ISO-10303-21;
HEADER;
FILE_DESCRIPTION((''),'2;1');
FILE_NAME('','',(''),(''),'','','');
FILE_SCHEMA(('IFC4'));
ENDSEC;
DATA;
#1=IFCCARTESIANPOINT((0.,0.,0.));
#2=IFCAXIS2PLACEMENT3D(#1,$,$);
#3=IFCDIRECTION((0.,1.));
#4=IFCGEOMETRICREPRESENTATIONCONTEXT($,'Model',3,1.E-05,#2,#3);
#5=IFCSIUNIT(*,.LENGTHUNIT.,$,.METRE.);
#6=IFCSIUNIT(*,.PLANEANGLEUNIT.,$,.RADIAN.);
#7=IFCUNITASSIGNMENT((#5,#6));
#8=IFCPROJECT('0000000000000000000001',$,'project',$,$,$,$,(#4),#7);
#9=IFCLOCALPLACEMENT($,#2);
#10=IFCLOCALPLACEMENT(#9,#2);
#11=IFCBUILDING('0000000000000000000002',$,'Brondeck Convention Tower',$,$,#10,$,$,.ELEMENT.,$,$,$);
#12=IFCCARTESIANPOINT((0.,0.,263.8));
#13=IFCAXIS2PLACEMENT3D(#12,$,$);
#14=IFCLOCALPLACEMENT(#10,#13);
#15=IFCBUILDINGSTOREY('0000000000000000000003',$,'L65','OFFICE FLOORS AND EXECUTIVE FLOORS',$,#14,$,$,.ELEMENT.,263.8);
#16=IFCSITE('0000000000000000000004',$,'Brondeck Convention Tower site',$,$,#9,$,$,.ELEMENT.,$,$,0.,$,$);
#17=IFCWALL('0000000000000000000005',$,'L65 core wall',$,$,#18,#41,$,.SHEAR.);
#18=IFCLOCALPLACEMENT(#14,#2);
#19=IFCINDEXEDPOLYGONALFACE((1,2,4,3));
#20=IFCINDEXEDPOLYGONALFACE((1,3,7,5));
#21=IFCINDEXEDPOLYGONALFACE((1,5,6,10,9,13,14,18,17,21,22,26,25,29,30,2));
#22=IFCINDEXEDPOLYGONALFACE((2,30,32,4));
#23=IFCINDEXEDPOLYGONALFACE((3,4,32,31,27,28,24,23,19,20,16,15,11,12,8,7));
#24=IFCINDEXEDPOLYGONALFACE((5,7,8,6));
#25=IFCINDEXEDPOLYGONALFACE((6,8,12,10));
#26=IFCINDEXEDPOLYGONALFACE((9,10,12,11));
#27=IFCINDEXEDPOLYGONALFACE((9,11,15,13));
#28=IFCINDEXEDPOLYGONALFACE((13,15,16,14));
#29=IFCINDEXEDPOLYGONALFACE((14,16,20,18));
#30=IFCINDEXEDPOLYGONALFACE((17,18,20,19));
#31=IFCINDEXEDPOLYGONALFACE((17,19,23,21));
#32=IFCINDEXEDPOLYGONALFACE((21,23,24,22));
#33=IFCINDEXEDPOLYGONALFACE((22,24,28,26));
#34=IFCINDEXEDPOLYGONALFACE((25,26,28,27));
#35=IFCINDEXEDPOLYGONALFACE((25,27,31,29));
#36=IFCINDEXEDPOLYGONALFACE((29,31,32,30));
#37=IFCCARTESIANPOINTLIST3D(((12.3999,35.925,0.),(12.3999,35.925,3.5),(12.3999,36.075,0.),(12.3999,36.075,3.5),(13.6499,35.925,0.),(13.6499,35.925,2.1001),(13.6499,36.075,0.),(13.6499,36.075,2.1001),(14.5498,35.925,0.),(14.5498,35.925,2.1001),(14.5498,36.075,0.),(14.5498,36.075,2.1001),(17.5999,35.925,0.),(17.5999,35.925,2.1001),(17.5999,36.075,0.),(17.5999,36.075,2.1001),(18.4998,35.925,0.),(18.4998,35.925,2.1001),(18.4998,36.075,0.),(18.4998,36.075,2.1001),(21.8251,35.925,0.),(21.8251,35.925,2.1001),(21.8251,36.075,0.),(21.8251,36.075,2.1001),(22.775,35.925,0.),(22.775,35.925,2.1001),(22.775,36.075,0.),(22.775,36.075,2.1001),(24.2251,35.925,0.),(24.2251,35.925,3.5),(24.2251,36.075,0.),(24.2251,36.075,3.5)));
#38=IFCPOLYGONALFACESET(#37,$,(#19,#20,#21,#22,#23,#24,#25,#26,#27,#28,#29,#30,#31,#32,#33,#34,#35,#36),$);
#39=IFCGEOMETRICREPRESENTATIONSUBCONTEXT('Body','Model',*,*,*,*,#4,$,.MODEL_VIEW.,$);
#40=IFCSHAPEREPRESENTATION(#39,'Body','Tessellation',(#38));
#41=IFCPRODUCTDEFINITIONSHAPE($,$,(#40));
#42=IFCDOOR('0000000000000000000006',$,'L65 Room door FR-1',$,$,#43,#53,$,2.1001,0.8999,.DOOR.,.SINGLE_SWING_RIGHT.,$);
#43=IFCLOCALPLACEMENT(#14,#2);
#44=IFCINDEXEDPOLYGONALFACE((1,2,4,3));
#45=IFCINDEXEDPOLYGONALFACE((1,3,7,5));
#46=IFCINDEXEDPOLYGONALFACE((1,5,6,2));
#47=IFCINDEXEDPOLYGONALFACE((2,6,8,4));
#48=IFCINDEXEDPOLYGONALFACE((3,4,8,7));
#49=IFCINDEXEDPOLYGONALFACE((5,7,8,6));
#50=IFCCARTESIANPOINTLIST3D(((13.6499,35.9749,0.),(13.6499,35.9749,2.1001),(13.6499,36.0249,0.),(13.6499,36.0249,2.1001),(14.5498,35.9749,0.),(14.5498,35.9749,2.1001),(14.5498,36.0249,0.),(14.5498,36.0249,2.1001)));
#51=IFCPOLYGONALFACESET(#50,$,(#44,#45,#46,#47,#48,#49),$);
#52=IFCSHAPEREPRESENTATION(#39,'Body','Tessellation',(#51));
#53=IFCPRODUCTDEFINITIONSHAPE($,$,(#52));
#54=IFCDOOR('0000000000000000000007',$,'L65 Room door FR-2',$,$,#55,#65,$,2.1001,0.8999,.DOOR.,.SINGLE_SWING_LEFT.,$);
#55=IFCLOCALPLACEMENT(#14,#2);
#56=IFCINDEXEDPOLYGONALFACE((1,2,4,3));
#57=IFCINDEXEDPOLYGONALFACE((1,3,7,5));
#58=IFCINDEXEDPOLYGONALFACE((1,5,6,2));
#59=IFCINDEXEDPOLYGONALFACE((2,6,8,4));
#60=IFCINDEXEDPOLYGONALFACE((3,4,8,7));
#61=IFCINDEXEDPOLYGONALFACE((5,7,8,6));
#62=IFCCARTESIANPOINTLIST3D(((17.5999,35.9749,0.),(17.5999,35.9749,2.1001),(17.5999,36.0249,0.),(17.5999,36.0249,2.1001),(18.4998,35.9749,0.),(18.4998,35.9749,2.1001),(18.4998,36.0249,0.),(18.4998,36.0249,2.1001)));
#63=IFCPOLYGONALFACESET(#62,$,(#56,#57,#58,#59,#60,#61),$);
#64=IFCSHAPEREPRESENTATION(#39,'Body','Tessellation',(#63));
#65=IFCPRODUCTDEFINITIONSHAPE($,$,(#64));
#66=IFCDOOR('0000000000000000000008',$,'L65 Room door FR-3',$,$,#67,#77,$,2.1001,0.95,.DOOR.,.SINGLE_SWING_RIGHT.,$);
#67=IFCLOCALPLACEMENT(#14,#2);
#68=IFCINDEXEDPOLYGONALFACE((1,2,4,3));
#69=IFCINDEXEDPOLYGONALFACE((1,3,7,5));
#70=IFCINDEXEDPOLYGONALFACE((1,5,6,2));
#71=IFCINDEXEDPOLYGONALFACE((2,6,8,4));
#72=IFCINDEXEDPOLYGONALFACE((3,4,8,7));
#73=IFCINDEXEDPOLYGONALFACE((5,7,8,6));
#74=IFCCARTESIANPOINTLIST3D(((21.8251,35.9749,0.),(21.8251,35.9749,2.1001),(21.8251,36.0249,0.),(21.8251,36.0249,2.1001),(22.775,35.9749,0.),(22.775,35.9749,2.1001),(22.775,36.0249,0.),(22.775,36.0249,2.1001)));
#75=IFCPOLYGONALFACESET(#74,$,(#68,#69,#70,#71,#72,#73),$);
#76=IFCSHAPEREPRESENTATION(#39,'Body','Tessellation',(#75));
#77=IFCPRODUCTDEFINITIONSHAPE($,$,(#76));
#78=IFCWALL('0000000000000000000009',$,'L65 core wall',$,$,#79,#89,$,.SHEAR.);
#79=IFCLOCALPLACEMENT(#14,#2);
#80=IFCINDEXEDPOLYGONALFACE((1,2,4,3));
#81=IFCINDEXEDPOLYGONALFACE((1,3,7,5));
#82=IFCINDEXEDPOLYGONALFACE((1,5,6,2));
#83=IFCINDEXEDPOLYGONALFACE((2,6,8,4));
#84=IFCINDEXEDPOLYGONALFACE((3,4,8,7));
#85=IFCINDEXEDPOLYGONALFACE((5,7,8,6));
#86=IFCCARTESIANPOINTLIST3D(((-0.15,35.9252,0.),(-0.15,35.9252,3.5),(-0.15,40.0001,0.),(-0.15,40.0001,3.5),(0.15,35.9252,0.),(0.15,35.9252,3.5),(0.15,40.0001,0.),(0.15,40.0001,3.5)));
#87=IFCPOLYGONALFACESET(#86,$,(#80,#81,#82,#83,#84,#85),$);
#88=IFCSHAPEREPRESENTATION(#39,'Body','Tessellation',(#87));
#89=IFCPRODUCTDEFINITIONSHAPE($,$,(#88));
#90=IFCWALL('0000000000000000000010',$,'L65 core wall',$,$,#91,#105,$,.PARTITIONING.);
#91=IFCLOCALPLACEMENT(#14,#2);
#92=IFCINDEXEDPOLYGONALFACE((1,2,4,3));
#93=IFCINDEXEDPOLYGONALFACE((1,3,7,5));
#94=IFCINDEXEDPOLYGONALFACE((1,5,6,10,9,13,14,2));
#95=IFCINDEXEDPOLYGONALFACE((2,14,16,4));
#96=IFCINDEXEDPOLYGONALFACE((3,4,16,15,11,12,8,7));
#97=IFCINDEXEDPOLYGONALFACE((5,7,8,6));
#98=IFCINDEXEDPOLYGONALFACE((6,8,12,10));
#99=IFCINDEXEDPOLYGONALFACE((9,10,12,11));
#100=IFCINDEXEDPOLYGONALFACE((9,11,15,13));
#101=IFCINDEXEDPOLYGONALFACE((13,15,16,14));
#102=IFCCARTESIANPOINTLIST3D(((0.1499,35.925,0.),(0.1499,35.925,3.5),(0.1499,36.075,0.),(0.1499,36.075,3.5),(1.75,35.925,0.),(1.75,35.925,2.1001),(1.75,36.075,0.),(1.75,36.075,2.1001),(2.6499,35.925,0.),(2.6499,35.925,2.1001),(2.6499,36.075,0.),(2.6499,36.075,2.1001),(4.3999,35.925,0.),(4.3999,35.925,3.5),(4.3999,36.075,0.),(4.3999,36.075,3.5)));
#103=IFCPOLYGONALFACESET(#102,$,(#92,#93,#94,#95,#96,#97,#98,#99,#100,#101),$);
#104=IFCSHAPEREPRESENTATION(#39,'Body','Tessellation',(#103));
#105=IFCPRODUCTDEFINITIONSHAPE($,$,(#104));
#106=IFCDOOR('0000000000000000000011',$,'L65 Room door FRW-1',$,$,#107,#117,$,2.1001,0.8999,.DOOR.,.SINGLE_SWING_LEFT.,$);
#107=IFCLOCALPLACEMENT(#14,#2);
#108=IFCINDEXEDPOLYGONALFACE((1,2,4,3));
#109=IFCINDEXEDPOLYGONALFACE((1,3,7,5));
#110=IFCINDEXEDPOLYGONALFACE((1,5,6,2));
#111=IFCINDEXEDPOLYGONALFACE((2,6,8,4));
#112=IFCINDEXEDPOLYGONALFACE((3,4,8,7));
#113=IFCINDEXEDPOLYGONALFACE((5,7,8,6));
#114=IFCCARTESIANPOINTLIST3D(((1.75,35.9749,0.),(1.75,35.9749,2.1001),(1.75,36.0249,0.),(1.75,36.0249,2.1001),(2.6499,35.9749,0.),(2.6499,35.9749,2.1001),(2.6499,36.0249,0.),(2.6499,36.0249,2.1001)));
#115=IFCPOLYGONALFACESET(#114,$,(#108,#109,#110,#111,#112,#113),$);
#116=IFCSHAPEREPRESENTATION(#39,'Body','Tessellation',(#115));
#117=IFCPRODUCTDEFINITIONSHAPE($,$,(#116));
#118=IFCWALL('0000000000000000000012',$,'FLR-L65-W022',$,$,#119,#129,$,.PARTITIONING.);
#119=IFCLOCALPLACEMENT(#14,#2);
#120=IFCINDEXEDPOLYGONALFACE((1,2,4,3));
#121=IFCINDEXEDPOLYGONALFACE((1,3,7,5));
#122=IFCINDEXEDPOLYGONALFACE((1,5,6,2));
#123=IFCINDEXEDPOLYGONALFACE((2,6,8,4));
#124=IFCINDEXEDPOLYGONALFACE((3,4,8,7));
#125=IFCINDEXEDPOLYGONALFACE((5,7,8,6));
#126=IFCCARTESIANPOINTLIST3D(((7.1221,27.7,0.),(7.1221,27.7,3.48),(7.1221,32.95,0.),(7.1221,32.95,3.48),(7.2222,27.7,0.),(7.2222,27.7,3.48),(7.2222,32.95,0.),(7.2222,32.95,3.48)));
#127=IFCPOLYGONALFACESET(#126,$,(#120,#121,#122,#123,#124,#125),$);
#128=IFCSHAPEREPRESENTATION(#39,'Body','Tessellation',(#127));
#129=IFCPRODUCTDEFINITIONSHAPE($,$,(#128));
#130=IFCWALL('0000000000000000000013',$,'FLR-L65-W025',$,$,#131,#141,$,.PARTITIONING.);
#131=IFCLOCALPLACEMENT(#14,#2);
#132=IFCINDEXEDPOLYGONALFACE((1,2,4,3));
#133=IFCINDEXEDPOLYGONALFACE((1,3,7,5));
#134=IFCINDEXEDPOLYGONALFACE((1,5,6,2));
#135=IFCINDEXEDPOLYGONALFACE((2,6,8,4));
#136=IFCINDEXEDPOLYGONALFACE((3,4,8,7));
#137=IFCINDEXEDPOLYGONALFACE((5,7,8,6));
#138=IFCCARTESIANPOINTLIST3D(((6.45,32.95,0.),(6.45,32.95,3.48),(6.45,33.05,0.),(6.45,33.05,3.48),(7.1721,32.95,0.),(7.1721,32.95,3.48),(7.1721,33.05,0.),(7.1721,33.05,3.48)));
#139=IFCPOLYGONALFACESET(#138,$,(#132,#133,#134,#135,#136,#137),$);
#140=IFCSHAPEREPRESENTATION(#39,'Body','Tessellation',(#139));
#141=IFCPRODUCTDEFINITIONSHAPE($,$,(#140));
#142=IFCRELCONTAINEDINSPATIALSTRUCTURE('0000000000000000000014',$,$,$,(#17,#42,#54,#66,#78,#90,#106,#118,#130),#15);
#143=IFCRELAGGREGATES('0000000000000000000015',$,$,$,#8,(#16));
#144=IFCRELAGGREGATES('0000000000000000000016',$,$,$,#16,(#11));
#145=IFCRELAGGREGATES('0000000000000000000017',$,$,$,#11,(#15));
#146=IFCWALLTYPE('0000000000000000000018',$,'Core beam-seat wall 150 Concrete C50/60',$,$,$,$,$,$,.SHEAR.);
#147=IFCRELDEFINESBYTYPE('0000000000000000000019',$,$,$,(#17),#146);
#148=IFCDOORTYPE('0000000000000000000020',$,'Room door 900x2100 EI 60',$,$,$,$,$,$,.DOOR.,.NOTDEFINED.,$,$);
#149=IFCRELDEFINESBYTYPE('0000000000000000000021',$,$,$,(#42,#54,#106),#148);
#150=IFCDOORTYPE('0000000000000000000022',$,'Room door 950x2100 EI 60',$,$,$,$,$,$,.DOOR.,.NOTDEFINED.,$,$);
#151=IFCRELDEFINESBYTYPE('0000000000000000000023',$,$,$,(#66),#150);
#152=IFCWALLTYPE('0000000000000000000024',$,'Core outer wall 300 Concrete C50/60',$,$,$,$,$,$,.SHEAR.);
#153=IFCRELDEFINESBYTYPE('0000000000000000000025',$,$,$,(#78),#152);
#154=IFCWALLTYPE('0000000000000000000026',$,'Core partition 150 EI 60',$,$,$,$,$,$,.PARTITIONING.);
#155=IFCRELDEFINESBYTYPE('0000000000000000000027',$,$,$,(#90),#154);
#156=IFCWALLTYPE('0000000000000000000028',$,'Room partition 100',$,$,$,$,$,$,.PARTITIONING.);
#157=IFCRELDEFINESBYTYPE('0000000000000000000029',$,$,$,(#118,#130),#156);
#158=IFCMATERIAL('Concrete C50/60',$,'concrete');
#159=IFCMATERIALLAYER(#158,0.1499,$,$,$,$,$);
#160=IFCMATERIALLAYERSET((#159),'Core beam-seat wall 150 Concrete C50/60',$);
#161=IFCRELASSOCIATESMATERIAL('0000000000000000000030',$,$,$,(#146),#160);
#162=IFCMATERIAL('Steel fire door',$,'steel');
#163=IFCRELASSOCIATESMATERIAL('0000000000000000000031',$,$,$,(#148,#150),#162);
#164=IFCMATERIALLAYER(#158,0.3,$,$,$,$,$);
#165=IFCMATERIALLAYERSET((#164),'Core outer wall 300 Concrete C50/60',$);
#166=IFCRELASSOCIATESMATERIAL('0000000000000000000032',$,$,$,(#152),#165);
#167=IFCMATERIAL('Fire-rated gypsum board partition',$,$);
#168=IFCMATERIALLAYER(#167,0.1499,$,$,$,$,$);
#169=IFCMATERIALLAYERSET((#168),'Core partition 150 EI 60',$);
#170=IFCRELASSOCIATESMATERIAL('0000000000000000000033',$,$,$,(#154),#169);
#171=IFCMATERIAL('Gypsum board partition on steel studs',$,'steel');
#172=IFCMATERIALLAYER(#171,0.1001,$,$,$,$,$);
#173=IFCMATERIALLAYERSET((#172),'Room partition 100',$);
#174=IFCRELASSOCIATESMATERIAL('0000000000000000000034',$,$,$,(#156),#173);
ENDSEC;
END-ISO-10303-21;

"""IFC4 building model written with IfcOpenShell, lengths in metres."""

from ifc_helpers import new_model, si_unit, direction, frame, frame_2d, origin, place, context, subcontext, project, spatial, rectangle, extrude, material, layer, layer_set, type_object, element, fill, save


model = new_model("IFC4")

# Units and contexts
model_context = context("Model", 3, precision=1e-05, world=origin(), true_north=direction((0.0, 1.0)))
body_context = subcontext(model_context, "Body", "Model", "MODEL_VIEW")
ifc_project = project(units=[si_unit("LENGTHUNIT", "METRE"), si_unit("PLANEANGLEUNIT", "RADIAN")], contexts=[model_context])

# Site, building, storey
site_placement = place(None, origin())
site = spatial("IfcSite", under=ifc_project, at=site_placement, Name="Brondeck Convention Tower site", CompositionType="ELEMENT", RefElevation=0.0)
building_placement = place(site_placement, origin())
building = spatial("IfcBuilding", under=site, at=building_placement, Name="Brondeck Convention Tower", CompositionType="ELEMENT")
storey_placement = place(building_placement, frame((0.0, 0.0, 263.8)))
storey = spatial("IfcBuildingStorey", under=building, at=storey_placement, Name="L65", Description="OFFICE FLOORS AND EXECUTIVE FLOORS", CompositionType="ELEMENT", Elevation=263.8)

# Shared definitions
ifc_material_1 = material(Name="Concrete C50/60", Category="concrete")

# Wall, openings, doors
ifc_layer_1 = layer(ifc_material_1, 0.1499)
ifc_layer_set_1 = layer_set([ifc_layer_1], Name="Core beam-seat wall 150 Concrete C50/60")
wall_type_1 = type_object("IfcWallType", Name="Core beam-seat wall 150 Concrete C50/60", PredefinedType="SHEAR", material=ifc_layer_set_1)
wall_1_placement = place(storey_placement, frame((12.3999, 36.0, 0.0), z_axis=(0.0, 0.0, 1.0), x_axis=(1.0, 0.0, 0.0)))
wall_1 = element("IfcWall", 1, at=wall_1_placement, inside=storey, type_object=wall_type_1, Name="L65 core wall", PredefinedType="SHEAR", context=body_context, shape_type="SweptSolid", body=[
    extrude(rectangle(XDim=11.8252, YDim=0.1499, at=frame_2d((5.9126, 0.0))), origin(), (0.0, 0.0, 1.0), 3.5),
])
opening_1_placement = place(wall_1_placement, frame((1.25, 0.0, 0.0)))
opening_1 = element("IfcOpeningElement", 2, at=opening_1_placement, cuts=wall_1, PredefinedType="OPENING", context=body_context, shape_type="SweptSolid", body=[
    extrude(rectangle(XDim=0.8999, YDim=2.1001, at=frame_2d((0.45, 1.05))), frame((0.0, 0.085, 0.0), z_axis=(0.0, -1.0, 0.0), x_axis=(1.0, 0.0, 0.0)), (0.0, 0.0, 1.0), 0.1699),
])
opening_2_placement = place(wall_1_placement, frame((5.2, 0.0, 0.0)))
opening_2 = element("IfcOpeningElement", 3, at=opening_2_placement, cuts=wall_1, PredefinedType="OPENING", context=body_context, shape_type="SweptSolid", body=[
    extrude(rectangle(XDim=0.8999, YDim=2.1001, at=frame_2d((0.45, 1.05))), frame((0.0, 0.085, 0.0), z_axis=(0.0, -1.0, 0.0), x_axis=(1.0, 0.0, 0.0)), (0.0, 0.0, 1.0), 0.1699),
])
opening_3_placement = place(wall_1_placement, frame((9.425, 0.0, 0.0)))
opening_3 = element("IfcOpeningElement", 4, at=opening_3_placement, cuts=wall_1, PredefinedType="OPENING", context=body_context, shape_type="SweptSolid", body=[
    extrude(rectangle(XDim=0.95, YDim=2.1001, at=frame_2d((0.4751, 1.05))), frame((0.0, 0.085, 0.0), z_axis=(0.0, -1.0, 0.0), x_axis=(1.0, 0.0, 0.0)), (0.0, 0.0, 1.0), 0.1699),
])
ifc_material_2 = material(Name="Steel fire door", Category="steel")
door_type_1 = type_object("IfcDoorType", Name="Room door 900x2100 EI 60", OperationType="NOTDEFINED", PredefinedType="DOOR", material=ifc_material_2)
door_1_placement = place(opening_1_placement, origin())
door_1 = element("IfcDoor", 5, at=door_1_placement, inside=storey, type_object=door_type_1, Name="L65 Room door FR-1", OperationType="SINGLE_SWING_RIGHT", OverallHeight=2.1001, OverallWidth=0.8999, PredefinedType="DOOR", context=body_context, shape_type="SweptSolid", body=[
    extrude(rectangle(XDim=0.8999, YDim=2.1001, at=frame_2d((0.45, 1.05))), frame((0.0, 0.0249, 0.0), z_axis=(0.0, -1.0, 0.0), x_axis=(1.0, 0.0, 0.0)), (0.0, 0.0, 1.0), 0.05),
])
fill(opening_1, door_1)
door_2_placement = place(opening_2_placement, origin())
door_2 = element("IfcDoor", 6, at=door_2_placement, inside=storey, type_object=door_type_1, Name="L65 Room door FR-2", OperationType="SINGLE_SWING_LEFT", OverallHeight=2.1001, OverallWidth=0.8999, PredefinedType="DOOR", context=body_context, shape_type="SweptSolid", body=[
    extrude(rectangle(XDim=0.8999, YDim=2.1001, at=frame_2d((0.45, 1.05))), frame((0.0, 0.0249, 0.0), z_axis=(0.0, -1.0, 0.0), x_axis=(1.0, 0.0, 0.0)), (0.0, 0.0, 1.0), 0.05),
])
fill(opening_2, door_2)
door_type_2 = type_object("IfcDoorType", Name="Room door 950x2100 EI 60", OperationType="NOTDEFINED", PredefinedType="DOOR", material=ifc_material_2)
door_3_placement = place(opening_3_placement, origin())
door_3 = element("IfcDoor", 7, at=door_3_placement, inside=storey, type_object=door_type_2, Name="L65 Room door FR-3", OperationType="SINGLE_SWING_RIGHT", OverallHeight=2.1001, OverallWidth=0.95, PredefinedType="DOOR", context=body_context, shape_type="SweptSolid", body=[
    extrude(rectangle(XDim=0.95, YDim=2.1001, at=frame_2d((0.4751, 1.05))), frame((0.0, 0.0249, 0.0), z_axis=(0.0, -1.0, 0.0), x_axis=(1.0, 0.0, 0.0)), (0.0, 0.0, 1.0), 0.05),
])
fill(opening_3, door_3)

# Wall
ifc_layer_2 = layer(ifc_material_1, 0.3)
ifc_layer_set_2 = layer_set([ifc_layer_2], Name="Core outer wall 300 Concrete C50/60")
wall_type_2 = type_object("IfcWallType", Name="Core outer wall 300 Concrete C50/60", PredefinedType="SHEAR", material=ifc_layer_set_2)
wall_2_placement = place(storey_placement, frame((0.0, 35.925, 0.0), z_axis=(0.0, 0.0, 1.0), x_axis=(0.0, 1.0, 0.0)))
element("IfcWall", 8, at=wall_2_placement, inside=storey, type_object=wall_type_2, Name="L65 core wall", PredefinedType="SHEAR", context=body_context, shape_type="SweptSolid", body=[
    extrude(rectangle(XDim=4.075, YDim=0.3, at=frame_2d((2.0376, 0.0))), origin(), (0.0, 0.0, 1.0), 3.5),
])

# Wall, opening, door
ifc_material_3 = material(Name="Fire-rated gypsum board partition")
ifc_layer_3 = layer(ifc_material_3, 0.1499)
ifc_layer_set_3 = layer_set([ifc_layer_3], Name="Core partition 150 EI 60")
wall_type_3 = type_object("IfcWallType", Name="Core partition 150 EI 60", PredefinedType="PARTITIONING", material=ifc_layer_set_3)
wall_3_placement = place(storey_placement, frame((0.1499, 36.0, 0.0), z_axis=(0.0, 0.0, 1.0), x_axis=(1.0, 0.0, 0.0)))
wall_3 = element("IfcWall", 9, at=wall_3_placement, inside=storey, type_object=wall_type_3, Name="L65 core wall", PredefinedType="PARTITIONING", context=body_context, shape_type="SweptSolid", body=[
    extrude(rectangle(XDim=4.25, YDim=0.1499, at=frame_2d((2.125, 0.0))), origin(), (0.0, 0.0, 1.0), 3.5),
])
opening_4_placement = place(wall_3_placement, frame((1.6001, 0.0, 0.0)))
opening_4 = element("IfcOpeningElement", 10, at=opening_4_placement, cuts=wall_3, PredefinedType="OPENING", context=body_context, shape_type="SweptSolid", body=[
    extrude(rectangle(XDim=0.8999, YDim=2.1001, at=frame_2d((0.45, 1.05))), frame((0.0, 0.085, 0.0), z_axis=(0.0, -1.0, 0.0), x_axis=(1.0, 0.0, 0.0)), (0.0, 0.0, 1.0), 0.1699),
])
door_4_placement = place(opening_4_placement, origin())
door_4 = element("IfcDoor", 11, at=door_4_placement, inside=storey, type_object=door_type_1, Name="L65 Room door FRW-1", OperationType="SINGLE_SWING_LEFT", OverallHeight=2.1001, OverallWidth=0.8999, PredefinedType="DOOR", context=body_context, shape_type="SweptSolid", body=[
    extrude(rectangle(XDim=0.8999, YDim=2.1001, at=frame_2d((0.45, 1.05))), frame((0.0, 0.0249, 0.0), z_axis=(0.0, -1.0, 0.0), x_axis=(1.0, 0.0, 0.0)), (0.0, 0.0, 1.0), 0.05),
])
fill(opening_4, door_4)

# Walls
ifc_material_4 = material(Name="Gypsum board partition on steel studs", Category="steel")
ifc_layer_4 = layer(ifc_material_4, 0.1001)
ifc_layer_set_4 = layer_set([ifc_layer_4], Name="Room partition 100")
wall_type_4 = type_object("IfcWallType", Name="Room partition 100", PredefinedType="PARTITIONING", material=ifc_layer_set_4)
wall_4_placement = place(storey_placement, frame((7.1721, 32.95, 0.0), z_axis=(0.0, 0.0, 1.0), x_axis=(0.0, -1.0, 0.0)))
element("IfcWall", 12, at=wall_4_placement, inside=storey, type_object=wall_type_4, Name="FLR-L65-W022", PredefinedType="PARTITIONING", context=body_context, shape_type="SweptSolid", body=[
    extrude(rectangle(XDim=5.25, YDim=0.1001, at=frame_2d((2.625, 0.0))), origin(), (0.0, 0.0, 1.0), 3.48),
])
wall_5_placement = place(storey_placement, frame((7.1721, 33.0, 0.0), z_axis=(0.0, 0.0, 1.0), x_axis=(-1.0, 0.0, 0.0)))
element("IfcWall", 13, at=wall_5_placement, inside=storey, type_object=wall_type_4, Name="FLR-L65-W025", PredefinedType="PARTITIONING", context=body_context, shape_type="SweptSolid", body=[
    extrude(rectangle(XDim=0.7222, YDim=0.1001, at=frame_2d((0.3611, 0.0))), origin(), (0.0, 0.0, 1.0), 3.48),
])

save(model, "model.ifc")
